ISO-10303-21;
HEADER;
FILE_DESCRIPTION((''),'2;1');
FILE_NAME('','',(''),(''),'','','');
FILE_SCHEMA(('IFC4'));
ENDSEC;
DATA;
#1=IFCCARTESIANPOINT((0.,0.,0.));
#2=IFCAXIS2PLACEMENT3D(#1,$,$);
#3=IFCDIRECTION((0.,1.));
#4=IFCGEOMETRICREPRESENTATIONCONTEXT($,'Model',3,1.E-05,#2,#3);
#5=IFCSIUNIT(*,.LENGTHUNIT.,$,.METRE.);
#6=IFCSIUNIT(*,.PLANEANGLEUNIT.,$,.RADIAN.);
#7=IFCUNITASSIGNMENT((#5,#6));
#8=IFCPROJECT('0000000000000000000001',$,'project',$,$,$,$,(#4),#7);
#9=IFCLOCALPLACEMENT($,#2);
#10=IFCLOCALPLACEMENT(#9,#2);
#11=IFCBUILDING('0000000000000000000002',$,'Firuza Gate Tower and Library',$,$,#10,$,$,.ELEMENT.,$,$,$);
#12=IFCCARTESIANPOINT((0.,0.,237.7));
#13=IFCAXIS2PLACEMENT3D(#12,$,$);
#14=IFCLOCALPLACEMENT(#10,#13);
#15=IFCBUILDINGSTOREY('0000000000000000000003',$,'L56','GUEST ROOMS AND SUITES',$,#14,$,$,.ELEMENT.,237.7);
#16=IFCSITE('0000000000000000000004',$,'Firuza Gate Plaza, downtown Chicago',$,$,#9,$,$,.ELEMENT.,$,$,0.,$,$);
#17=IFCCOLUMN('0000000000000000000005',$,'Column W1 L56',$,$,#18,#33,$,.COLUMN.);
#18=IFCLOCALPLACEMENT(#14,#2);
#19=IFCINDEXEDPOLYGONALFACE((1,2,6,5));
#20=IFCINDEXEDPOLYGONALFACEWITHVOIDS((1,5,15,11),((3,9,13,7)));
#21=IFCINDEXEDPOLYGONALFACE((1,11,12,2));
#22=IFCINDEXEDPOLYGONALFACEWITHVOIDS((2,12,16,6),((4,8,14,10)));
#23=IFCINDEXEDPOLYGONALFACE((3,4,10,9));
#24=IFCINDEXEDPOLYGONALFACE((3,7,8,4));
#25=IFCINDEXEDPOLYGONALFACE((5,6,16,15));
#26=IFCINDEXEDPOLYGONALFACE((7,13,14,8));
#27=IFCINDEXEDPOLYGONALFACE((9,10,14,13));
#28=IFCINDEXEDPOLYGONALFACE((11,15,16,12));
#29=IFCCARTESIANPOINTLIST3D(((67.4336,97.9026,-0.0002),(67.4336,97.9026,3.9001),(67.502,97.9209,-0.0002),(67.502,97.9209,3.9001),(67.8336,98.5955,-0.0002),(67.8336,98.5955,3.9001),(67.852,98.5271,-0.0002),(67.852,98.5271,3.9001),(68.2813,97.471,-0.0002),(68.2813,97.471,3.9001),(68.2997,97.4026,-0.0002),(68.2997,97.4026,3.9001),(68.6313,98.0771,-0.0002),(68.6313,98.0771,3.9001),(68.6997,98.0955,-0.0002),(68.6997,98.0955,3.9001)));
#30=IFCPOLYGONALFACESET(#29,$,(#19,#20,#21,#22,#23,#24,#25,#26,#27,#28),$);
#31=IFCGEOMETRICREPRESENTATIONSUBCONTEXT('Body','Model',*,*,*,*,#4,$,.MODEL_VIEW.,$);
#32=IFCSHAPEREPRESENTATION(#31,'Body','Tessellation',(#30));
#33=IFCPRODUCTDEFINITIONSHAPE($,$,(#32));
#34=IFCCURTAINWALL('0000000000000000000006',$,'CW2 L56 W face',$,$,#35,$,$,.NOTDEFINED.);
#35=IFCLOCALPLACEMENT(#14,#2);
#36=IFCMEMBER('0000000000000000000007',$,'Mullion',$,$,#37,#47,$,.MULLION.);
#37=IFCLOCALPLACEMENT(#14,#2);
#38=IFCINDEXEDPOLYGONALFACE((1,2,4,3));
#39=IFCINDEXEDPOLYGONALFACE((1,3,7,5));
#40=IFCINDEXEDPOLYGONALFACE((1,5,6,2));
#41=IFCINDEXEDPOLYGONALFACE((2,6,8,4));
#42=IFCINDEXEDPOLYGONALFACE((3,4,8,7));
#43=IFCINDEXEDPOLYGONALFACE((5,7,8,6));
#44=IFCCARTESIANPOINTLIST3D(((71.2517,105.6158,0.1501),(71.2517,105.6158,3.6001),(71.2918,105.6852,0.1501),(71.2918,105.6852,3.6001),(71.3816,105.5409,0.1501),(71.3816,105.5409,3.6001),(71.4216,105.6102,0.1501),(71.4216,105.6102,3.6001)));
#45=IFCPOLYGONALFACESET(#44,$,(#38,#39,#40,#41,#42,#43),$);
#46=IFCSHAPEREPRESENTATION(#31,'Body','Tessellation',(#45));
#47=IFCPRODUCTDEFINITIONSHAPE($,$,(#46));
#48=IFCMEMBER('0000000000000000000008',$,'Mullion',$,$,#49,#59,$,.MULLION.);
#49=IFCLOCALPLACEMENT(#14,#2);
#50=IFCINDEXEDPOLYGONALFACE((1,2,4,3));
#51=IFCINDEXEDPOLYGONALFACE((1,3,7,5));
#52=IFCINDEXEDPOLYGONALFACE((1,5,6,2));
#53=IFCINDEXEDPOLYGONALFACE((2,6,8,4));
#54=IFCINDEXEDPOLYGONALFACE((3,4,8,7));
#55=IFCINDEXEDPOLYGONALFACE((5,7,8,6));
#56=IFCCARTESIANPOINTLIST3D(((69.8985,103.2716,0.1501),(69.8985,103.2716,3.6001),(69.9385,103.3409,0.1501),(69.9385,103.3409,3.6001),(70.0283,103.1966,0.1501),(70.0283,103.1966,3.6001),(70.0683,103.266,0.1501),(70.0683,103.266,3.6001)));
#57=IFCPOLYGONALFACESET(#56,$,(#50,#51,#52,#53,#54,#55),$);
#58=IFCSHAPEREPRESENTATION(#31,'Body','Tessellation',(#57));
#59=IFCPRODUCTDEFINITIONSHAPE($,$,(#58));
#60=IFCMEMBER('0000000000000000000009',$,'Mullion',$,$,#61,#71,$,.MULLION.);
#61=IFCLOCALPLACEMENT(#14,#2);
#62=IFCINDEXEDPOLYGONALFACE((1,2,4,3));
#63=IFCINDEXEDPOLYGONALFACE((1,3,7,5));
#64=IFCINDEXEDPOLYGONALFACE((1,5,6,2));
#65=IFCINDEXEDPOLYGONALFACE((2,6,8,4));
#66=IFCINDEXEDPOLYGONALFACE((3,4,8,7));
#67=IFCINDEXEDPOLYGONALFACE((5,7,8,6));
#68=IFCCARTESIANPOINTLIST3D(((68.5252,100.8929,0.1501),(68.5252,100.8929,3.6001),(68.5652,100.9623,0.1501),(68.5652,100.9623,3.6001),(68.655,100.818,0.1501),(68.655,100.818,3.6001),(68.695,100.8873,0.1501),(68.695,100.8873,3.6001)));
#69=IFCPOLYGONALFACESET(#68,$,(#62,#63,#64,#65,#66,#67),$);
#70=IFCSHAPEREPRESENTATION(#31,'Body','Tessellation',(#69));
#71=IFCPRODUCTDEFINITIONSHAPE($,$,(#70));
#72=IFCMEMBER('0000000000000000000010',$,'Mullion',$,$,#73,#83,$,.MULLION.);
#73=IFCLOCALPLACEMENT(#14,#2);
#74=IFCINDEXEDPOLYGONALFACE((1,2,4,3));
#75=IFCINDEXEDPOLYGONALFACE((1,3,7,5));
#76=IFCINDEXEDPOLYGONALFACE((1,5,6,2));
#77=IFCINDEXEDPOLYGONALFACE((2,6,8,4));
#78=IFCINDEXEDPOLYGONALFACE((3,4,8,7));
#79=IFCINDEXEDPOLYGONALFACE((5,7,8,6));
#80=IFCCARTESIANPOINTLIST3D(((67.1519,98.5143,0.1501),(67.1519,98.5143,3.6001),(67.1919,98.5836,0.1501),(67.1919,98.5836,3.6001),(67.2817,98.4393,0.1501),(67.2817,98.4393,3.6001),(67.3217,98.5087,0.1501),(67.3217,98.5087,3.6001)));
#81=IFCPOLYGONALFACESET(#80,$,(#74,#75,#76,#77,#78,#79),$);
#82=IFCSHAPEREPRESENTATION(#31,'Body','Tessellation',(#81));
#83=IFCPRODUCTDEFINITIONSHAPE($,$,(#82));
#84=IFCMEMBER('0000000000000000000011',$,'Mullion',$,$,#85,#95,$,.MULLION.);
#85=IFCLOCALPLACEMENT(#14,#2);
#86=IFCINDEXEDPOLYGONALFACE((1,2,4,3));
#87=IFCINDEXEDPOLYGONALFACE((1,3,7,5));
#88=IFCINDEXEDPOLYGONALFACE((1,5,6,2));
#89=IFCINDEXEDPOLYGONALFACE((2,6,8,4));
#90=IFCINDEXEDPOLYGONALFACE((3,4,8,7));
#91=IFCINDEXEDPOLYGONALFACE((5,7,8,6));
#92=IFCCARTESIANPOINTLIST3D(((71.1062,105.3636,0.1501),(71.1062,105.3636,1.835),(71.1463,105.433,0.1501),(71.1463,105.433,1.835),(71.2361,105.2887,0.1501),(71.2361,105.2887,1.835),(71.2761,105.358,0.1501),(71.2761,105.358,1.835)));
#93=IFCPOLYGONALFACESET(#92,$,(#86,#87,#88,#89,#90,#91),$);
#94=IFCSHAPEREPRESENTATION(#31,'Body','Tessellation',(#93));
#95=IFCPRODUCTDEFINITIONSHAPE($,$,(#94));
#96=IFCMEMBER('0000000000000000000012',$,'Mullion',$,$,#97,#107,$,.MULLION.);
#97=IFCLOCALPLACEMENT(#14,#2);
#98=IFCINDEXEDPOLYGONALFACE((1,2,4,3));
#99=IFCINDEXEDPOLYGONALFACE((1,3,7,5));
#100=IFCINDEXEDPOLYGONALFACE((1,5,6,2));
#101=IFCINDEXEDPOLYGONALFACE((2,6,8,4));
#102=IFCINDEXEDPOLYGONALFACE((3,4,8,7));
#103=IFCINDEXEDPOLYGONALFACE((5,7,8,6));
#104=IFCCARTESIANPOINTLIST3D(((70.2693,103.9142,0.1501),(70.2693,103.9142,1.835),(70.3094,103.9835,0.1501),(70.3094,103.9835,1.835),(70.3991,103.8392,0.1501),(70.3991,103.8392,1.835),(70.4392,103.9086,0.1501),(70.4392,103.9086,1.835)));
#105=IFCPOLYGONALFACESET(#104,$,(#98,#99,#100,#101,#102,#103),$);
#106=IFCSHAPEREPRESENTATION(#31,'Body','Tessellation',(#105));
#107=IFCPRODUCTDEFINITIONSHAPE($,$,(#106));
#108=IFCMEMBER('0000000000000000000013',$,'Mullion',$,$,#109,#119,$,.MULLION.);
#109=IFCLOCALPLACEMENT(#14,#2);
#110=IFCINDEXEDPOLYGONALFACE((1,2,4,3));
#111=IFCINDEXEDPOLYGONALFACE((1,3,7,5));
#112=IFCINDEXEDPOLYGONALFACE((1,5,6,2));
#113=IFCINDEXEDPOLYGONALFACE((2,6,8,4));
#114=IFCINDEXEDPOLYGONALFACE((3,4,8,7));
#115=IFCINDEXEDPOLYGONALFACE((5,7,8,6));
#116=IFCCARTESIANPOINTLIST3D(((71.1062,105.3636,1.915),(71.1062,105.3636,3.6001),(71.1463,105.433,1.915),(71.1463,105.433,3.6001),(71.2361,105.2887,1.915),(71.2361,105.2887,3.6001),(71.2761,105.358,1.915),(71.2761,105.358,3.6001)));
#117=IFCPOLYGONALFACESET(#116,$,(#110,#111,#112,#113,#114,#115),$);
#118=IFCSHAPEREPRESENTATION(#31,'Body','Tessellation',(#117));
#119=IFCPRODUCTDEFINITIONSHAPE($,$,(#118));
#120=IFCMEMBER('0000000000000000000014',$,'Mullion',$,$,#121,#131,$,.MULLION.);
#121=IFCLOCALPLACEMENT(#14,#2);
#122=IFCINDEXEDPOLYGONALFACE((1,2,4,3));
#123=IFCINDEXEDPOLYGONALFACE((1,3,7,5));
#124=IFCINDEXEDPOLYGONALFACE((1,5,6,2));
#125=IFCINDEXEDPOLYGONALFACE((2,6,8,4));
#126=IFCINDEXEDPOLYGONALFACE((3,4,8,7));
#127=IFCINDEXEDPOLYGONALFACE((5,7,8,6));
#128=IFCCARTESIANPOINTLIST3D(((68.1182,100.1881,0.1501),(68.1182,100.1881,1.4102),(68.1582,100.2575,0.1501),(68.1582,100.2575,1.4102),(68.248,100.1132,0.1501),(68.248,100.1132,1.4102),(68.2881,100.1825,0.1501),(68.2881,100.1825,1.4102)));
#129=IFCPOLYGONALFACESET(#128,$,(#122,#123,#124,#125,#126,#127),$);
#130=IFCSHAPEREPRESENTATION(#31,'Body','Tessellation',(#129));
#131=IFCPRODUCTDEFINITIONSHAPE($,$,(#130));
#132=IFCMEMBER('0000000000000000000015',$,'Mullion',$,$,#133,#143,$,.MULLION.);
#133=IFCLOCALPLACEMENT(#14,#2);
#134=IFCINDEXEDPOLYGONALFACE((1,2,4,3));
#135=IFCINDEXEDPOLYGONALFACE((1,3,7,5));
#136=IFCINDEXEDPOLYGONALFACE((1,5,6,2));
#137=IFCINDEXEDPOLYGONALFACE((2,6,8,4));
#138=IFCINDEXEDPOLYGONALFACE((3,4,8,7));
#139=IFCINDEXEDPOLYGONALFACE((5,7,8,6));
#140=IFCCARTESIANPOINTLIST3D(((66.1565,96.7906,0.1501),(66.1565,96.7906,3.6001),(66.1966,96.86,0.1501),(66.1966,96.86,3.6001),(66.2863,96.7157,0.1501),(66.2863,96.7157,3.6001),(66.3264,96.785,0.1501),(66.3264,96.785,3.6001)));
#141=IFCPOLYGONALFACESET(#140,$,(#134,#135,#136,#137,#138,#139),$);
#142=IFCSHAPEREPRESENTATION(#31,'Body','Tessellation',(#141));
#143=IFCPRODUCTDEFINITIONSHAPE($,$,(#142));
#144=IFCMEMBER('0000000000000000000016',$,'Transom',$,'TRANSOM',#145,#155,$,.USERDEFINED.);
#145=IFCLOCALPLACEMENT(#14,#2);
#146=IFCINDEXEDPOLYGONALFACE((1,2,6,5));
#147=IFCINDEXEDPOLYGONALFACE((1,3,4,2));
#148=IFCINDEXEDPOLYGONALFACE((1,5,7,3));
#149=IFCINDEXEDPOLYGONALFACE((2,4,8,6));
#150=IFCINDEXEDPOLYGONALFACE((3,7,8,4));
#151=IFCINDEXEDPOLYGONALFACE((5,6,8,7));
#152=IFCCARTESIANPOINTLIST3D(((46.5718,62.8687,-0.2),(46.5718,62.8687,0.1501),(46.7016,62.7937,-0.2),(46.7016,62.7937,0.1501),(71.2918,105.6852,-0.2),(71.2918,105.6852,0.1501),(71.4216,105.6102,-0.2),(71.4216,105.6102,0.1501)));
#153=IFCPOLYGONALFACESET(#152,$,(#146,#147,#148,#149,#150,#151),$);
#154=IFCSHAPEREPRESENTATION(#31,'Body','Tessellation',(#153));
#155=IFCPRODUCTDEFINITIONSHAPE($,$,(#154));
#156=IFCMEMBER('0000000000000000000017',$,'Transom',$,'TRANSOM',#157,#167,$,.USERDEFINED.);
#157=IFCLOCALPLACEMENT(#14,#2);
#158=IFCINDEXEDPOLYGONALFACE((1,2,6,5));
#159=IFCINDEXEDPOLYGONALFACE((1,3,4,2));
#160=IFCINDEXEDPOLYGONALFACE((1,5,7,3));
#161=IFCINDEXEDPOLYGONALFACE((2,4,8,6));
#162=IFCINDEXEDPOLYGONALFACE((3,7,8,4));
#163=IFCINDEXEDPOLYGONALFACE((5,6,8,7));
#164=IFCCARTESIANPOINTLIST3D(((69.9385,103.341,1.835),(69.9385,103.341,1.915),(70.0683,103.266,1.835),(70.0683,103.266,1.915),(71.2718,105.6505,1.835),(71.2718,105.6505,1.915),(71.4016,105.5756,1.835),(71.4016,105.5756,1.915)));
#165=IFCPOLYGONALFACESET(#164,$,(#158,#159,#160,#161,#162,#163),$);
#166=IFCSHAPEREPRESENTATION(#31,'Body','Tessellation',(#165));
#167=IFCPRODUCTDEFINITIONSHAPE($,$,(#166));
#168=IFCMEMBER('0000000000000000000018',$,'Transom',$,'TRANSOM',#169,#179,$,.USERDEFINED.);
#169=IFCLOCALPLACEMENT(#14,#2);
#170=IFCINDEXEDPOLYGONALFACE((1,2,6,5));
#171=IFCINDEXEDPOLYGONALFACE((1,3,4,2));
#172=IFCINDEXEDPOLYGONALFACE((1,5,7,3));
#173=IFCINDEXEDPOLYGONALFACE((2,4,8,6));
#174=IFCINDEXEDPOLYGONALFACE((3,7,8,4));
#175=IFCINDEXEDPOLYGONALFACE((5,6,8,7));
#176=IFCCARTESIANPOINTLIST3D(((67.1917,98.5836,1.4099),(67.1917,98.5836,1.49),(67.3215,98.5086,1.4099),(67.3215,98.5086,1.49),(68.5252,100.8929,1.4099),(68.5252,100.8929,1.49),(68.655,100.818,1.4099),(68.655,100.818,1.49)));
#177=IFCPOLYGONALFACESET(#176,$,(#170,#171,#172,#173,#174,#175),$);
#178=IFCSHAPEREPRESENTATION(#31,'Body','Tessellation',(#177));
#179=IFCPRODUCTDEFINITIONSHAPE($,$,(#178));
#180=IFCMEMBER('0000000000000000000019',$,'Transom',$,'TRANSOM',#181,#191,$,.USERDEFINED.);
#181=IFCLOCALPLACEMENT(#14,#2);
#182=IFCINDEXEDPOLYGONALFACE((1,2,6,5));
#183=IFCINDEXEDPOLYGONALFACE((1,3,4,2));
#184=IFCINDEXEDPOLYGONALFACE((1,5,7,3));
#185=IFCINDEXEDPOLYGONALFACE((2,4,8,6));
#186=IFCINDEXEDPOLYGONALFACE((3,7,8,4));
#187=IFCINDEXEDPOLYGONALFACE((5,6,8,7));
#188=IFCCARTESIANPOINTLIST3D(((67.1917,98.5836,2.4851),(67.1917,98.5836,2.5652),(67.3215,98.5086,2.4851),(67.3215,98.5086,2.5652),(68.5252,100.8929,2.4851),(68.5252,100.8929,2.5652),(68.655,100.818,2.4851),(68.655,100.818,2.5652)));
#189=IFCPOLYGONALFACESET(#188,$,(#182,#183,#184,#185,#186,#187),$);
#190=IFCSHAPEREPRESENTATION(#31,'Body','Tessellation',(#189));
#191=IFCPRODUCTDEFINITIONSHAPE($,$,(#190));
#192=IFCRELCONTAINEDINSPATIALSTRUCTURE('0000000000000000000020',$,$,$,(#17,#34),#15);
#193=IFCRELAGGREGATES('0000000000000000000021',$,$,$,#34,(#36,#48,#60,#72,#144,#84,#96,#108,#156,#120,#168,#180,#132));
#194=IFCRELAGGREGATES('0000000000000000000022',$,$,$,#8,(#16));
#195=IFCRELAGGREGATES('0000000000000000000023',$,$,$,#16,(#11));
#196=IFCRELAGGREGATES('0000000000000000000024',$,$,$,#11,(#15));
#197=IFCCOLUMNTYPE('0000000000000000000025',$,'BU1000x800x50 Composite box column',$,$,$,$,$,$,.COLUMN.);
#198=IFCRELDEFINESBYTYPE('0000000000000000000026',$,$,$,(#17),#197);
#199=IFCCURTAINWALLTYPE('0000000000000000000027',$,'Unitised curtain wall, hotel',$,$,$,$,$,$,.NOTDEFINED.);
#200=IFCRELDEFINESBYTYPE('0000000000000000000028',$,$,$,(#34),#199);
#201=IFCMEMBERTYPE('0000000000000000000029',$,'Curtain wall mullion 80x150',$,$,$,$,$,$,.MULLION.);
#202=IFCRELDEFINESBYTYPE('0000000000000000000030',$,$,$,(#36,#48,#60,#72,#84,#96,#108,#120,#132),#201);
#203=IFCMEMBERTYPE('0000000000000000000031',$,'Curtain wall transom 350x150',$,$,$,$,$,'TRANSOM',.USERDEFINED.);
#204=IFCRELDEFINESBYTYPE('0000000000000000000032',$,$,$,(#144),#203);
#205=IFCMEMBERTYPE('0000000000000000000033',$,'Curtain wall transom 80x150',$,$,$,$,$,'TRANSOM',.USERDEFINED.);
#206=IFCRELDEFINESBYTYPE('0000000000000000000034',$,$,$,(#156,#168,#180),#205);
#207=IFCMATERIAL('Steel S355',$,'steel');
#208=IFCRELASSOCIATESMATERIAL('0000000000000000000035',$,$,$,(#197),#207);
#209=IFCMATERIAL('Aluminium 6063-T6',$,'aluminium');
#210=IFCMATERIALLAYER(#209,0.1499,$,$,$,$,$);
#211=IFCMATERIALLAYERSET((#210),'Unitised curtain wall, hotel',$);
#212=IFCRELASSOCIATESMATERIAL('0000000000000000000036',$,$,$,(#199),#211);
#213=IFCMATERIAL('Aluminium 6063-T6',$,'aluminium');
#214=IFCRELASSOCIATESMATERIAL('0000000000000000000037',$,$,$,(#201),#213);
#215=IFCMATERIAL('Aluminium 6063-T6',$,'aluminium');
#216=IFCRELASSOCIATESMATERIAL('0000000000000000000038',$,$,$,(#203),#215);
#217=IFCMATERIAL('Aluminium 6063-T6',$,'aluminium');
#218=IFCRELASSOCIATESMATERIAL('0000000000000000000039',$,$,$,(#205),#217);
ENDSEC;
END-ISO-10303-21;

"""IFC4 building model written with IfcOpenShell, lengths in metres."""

from ifc_helpers import new_model, si_unit, direction, frame, origin, origin_2d, place, context, subcontext, project, spatial, rectangle, hollow_rectangle, extrude, material, layer, layer_set, material_profile, profile_set, type_object, element, aggregate, save


model = new_model("IFC4")

# Units and contexts
model_context = context("Model", 3, precision=1e-05, world=origin(), true_north=direction((0.0, 1.0)))
body_context = subcontext(model_context, "Body", "Model", "MODEL_VIEW")
ifc_project = project(units=[si_unit("LENGTHUNIT", "METRE"), si_unit("PLANEANGLEUNIT", "RADIAN")], contexts=[model_context])

# Site, building, storey
site_placement = place(None, origin())
site = spatial("IfcSite", under=ifc_project, at=site_placement, Name="Firuza Gate Plaza, downtown Chicago", CompositionType="ELEMENT", RefElevation=0.0)
building_placement = place(site_placement, origin())
building = spatial("IfcBuilding", under=site, at=building_placement, Name="Firuza Gate Tower and Library", CompositionType="ELEMENT")
storey_placement = place(building_placement, frame((0.0, 0.0, 237.7)))
storey = spatial("IfcBuildingStorey", under=building, at=storey_placement, Name="L56", Description="GUEST ROOMS AND SUITES", CompositionType="ELEMENT", Elevation=237.7)

# Column
ifc_material_1 = material(Name="Steel S355", Category="steel")
ifc_material_profile_1 = material_profile(ifc_material_1, hollow_rectangle(XDim=0.8, YDim=1.0, WallThickness=0.05, at=origin_2d()))
ifc_profile_set_1 = profile_set([ifc_material_profile_1], Name="Steel S355")
column_type = type_object("IfcColumnType", Name="BU1000x800x50 Composite box column", PredefinedType="COLUMN", material=ifc_profile_set_1)
column_placement = place(storey_placement, frame((68.0667, 97.999, -0.0002), z_axis=(0.0, 0.0, 1.0), x_axis=(-0.5, -0.866025, 0.0)))
element("IfcColumn", 1, at=column_placement, inside=storey, type_object=column_type, Name="Column W1 L56", PredefinedType="COLUMN", context=body_context, shape_type="SweptSolid", body=[
    extrude(hollow_rectangle(XDim=0.8, YDim=1.0, WallThickness=0.05, at=origin_2d()), origin(), (0.0, 0.0, 1.0), 3.9004),
])

# Curtain wall, members
ifc_material_2 = material(Name="Aluminium 6063-T6", Category="aluminium")
ifc_layer_1 = layer(ifc_material_2, 0.1499)
ifc_layer_set_1 = layer_set([ifc_layer_1], Name="Unitised curtain wall, hotel")
curtain_wall_type = type_object("IfcCurtainWallType", Name="Unitised curtain wall, hotel", PredefinedType="NOTDEFINED", material=ifc_layer_set_1)
curtain_wall_placement = place(storey_placement, origin())
curtain_wall = element("IfcCurtainWall", 2, at=curtain_wall_placement, inside=storey, type_object=curtain_wall_type, Name="CW2 L56 W face", PredefinedType="NOTDEFINED")
ifc_material_3 = material(Name="Aluminium 6063-T6", Category="aluminium")
ifc_material_profile_2 = material_profile(ifc_material_3, rectangle(XDim=0.1499, YDim=0.0801, at=origin_2d()))
ifc_profile_set_2 = profile_set([ifc_material_profile_2], Name="Aluminium 6063-T6")
member_type_1 = type_object("IfcMemberType", Name="Curtain wall mullion 80x150", PredefinedType="MULLION", material=ifc_profile_set_2)
member_1_placement = place(storey_placement, frame((71.3367, 105.613, 0.1501), z_axis=(0.0, 0.0, 1.0), x_axis=(0.866025, -0.5, 0.0)))
member_1 = element("IfcMember", 3, at=member_1_placement, type_object=member_type_1, Name="Mullion", PredefinedType="MULLION", context=body_context, shape_type="SweptSolid", body=[
    extrude(rectangle(XDim=0.1499, YDim=0.0801, at=origin_2d()), origin(), (0.0, 0.0, 1.0), 3.45),
])
member_2_placement = place(storey_placement, frame((69.9834, 103.2688, 0.1501), z_axis=(0.0, 0.0, 1.0), x_axis=(0.866025, -0.5, 0.0)))
member_2 = element("IfcMember", 4, at=member_2_placement, type_object=member_type_1, Name="Mullion", PredefinedType="MULLION", context=body_context, shape_type="SweptSolid", body=[
    extrude(rectangle(XDim=0.1499, YDim=0.0801, at=origin_2d()), origin(), (0.0, 0.0, 1.0), 3.45),
])
member_3_placement = place(storey_placement, frame((68.6101, 100.8901, 0.1501), z_axis=(0.0, 0.0, 1.0), x_axis=(0.866025, -0.5, 0.0)))
member_3 = element("IfcMember", 5, at=member_3_placement, type_object=member_type_1, Name="Mullion", PredefinedType="MULLION", context=body_context, shape_type="SweptSolid", body=[
    extrude(rectangle(XDim=0.1499, YDim=0.0801, at=origin_2d()), origin(), (0.0, 0.0, 1.0), 3.45),
])
member_4_placement = place(storey_placement, frame((67.2368, 98.5115, 0.1501), z_axis=(0.0, 0.0, 1.0), x_axis=(0.866025, -0.5, 0.0)))
member_4 = element("IfcMember", 6, at=member_4_placement, type_object=member_type_1, Name="Mullion", PredefinedType="MULLION", context=body_context, shape_type="SweptSolid", body=[
    extrude(rectangle(XDim=0.1499, YDim=0.0801, at=origin_2d()), origin(), (0.0, 0.0, 1.0), 3.45),
])
member_5_placement = place(storey_placement, frame((71.1912, 105.3608, 0.1501), z_axis=(0.0, 0.0, 1.0), x_axis=(0.866025, -0.5, 0.0)))
member_5 = element("IfcMember", 7, at=member_5_placement, type_object=member_type_1, Name="Mullion", PredefinedType="MULLION", context=body_context, shape_type="SweptSolid", body=[
    extrude(rectangle(XDim=0.1499, YDim=0.0801, at=origin_2d()), origin(), (0.0, 0.0, 1.0), 1.6848),
])
member_6_placement = place(storey_placement, frame((70.3542, 103.9114, 0.1501), z_axis=(0.0, 0.0, 1.0), x_axis=(0.866025, -0.5, 0.0)))
member_6 = element("IfcMember", 8, at=member_6_placement, type_object=member_type_1, Name="Mullion", PredefinedType="MULLION", context=body_context, shape_type="SweptSolid", body=[
    extrude(rectangle(XDim=0.1499, YDim=0.0801, at=origin_2d()), origin(), (0.0, 0.0, 1.0), 1.6848),
])
member_7_placement = place(storey_placement, frame((71.1912, 105.3608, 1.915), z_axis=(0.0, 0.0, 1.0), x_axis=(0.866025, -0.5, 0.0)))
member_7 = element("IfcMember", 9, at=member_7_placement, type_object=member_type_1, Name="Mullion", PredefinedType="MULLION", context=body_context, shape_type="SweptSolid", body=[
    extrude(rectangle(XDim=0.1499, YDim=0.0801, at=origin_2d()), origin(), (0.0, 0.0, 1.0), 1.6851),
])
member_8_placement = place(storey_placement, frame((68.2031, 100.1853, 0.1501), z_axis=(0.0, 0.0, 1.0), x_axis=(0.866025, -0.5, 0.0)))
member_8 = element("IfcMember", 10, at=member_8_placement, type_object=member_type_1, Name="Mullion", PredefinedType="MULLION", context=body_context, shape_type="SweptSolid", body=[
    extrude(rectangle(XDim=0.1499, YDim=0.0801, at=origin_2d()), origin(), (0.0, 0.0, 1.0), 1.26),
])
member_9_placement = place(storey_placement, frame((66.2415, 96.7878, 0.1501), z_axis=(0.0, 0.0, 1.0), x_axis=(0.866025, -0.5, 0.0)))
member_9 = element("IfcMember", 11, at=member_9_placement, type_object=member_type_1, Name="Mullion", PredefinedType="MULLION", context=body_context, shape_type="SweptSolid", body=[
    extrude(rectangle(XDim=0.1499, YDim=0.0801, at=origin_2d()), origin(), (0.0, 0.0, 1.0), 3.45),
])
ifc_material_4 = material(Name="Aluminium 6063-T6", Category="aluminium")
ifc_material_profile_3 = material_profile(ifc_material_4, rectangle(XDim=0.1499, YDim=0.3501, at=origin_2d()))
ifc_profile_set_3 = profile_set([ifc_material_profile_3], Name="Aluminium 6063-T6")
member_type_2 = type_object("IfcMemberType", Name="Curtain wall transom 350x150", ElementType="TRANSOM", PredefinedType="USERDEFINED", material=ifc_profile_set_3)
member_10_placement = place(storey_placement, frame((71.3567, 105.6477, -0.0249), z_axis=(-0.499999, -0.866026, 0.0), x_axis=(0.866026, -0.499999, 0.0)))
member_10 = element("IfcMember", 12, at=member_10_placement, type_object=member_type_2, Name="Transom", ObjectType="TRANSOM", PredefinedType="USERDEFINED", context=body_context, shape_type="SweptSolid", body=[
    extrude(rectangle(XDim=0.1499, YDim=0.3501, at=origin_2d()), origin(), (0.0, 0.0, 1.0), 49.4402),
])
ifc_material_5 = material(Name="Aluminium 6063-T6", Category="aluminium")
ifc_material_profile_4 = material_profile(ifc_material_5, rectangle(XDim=0.1499, YDim=0.0801, at=origin_2d()))
ifc_profile_set_4 = profile_set([ifc_material_profile_4], Name="Aluminium 6063-T6")
member_type_3 = type_object("IfcMemberType", Name="Curtain wall transom 80x150", ElementType="TRANSOM", PredefinedType="USERDEFINED", material=ifc_profile_set_4)
member_11_placement = place(storey_placement, frame((71.3367, 105.613, 1.875), z_axis=(-0.49995, -0.866054, 0.0), x_axis=(0.866054, -0.49995, 0.0)))
member_11 = element("IfcMember", 13, at=member_11_placement, type_object=member_type_3, Name="Transom", ObjectType="TRANSOM", PredefinedType="USERDEFINED", context=body_context, shape_type="SweptSolid", body=[
    extrude(rectangle(XDim=0.1499, YDim=0.0801, at=origin_2d()), origin(), (0.0, 0.0, 1.0), 2.6667),
])
member_12_placement = place(storey_placement, frame((68.5901, 100.8555, 1.45), z_axis=(-0.500058, -0.865992, 0.0), x_axis=(0.865992, -0.500058, 0.0)))
member_12 = element("IfcMember", 14, at=member_12_placement, type_object=member_type_3, Name="Transom", ObjectType="TRANSOM", PredefinedType="USERDEFINED", context=body_context, shape_type="SweptSolid", body=[
    extrude(rectangle(XDim=0.1499, YDim=0.0801, at=origin_2d()), origin(), (0.0, 0.0, 1.0), 2.6667),
])
member_13_placement = place(storey_placement, frame((68.5901, 100.8555, 2.5251), z_axis=(-0.500058, -0.865992, 0.0), x_axis=(0.865992, -0.500058, 0.0)))
member_13 = element("IfcMember", 15, at=member_13_placement, type_object=member_type_3, Name="Transom", ObjectType="TRANSOM", PredefinedType="USERDEFINED", context=body_context, shape_type="SweptSolid", body=[
    extrude(rectangle(XDim=0.1499, YDim=0.0801, at=origin_2d()), origin(), (0.0, 0.0, 1.0), 2.6667),
])

aggregate(curtain_wall, [member_1, member_2, member_3, member_4, member_10, member_5, member_6, member_7, member_11, member_8, member_12, member_13, member_9])

save(model, "model.ifc")
